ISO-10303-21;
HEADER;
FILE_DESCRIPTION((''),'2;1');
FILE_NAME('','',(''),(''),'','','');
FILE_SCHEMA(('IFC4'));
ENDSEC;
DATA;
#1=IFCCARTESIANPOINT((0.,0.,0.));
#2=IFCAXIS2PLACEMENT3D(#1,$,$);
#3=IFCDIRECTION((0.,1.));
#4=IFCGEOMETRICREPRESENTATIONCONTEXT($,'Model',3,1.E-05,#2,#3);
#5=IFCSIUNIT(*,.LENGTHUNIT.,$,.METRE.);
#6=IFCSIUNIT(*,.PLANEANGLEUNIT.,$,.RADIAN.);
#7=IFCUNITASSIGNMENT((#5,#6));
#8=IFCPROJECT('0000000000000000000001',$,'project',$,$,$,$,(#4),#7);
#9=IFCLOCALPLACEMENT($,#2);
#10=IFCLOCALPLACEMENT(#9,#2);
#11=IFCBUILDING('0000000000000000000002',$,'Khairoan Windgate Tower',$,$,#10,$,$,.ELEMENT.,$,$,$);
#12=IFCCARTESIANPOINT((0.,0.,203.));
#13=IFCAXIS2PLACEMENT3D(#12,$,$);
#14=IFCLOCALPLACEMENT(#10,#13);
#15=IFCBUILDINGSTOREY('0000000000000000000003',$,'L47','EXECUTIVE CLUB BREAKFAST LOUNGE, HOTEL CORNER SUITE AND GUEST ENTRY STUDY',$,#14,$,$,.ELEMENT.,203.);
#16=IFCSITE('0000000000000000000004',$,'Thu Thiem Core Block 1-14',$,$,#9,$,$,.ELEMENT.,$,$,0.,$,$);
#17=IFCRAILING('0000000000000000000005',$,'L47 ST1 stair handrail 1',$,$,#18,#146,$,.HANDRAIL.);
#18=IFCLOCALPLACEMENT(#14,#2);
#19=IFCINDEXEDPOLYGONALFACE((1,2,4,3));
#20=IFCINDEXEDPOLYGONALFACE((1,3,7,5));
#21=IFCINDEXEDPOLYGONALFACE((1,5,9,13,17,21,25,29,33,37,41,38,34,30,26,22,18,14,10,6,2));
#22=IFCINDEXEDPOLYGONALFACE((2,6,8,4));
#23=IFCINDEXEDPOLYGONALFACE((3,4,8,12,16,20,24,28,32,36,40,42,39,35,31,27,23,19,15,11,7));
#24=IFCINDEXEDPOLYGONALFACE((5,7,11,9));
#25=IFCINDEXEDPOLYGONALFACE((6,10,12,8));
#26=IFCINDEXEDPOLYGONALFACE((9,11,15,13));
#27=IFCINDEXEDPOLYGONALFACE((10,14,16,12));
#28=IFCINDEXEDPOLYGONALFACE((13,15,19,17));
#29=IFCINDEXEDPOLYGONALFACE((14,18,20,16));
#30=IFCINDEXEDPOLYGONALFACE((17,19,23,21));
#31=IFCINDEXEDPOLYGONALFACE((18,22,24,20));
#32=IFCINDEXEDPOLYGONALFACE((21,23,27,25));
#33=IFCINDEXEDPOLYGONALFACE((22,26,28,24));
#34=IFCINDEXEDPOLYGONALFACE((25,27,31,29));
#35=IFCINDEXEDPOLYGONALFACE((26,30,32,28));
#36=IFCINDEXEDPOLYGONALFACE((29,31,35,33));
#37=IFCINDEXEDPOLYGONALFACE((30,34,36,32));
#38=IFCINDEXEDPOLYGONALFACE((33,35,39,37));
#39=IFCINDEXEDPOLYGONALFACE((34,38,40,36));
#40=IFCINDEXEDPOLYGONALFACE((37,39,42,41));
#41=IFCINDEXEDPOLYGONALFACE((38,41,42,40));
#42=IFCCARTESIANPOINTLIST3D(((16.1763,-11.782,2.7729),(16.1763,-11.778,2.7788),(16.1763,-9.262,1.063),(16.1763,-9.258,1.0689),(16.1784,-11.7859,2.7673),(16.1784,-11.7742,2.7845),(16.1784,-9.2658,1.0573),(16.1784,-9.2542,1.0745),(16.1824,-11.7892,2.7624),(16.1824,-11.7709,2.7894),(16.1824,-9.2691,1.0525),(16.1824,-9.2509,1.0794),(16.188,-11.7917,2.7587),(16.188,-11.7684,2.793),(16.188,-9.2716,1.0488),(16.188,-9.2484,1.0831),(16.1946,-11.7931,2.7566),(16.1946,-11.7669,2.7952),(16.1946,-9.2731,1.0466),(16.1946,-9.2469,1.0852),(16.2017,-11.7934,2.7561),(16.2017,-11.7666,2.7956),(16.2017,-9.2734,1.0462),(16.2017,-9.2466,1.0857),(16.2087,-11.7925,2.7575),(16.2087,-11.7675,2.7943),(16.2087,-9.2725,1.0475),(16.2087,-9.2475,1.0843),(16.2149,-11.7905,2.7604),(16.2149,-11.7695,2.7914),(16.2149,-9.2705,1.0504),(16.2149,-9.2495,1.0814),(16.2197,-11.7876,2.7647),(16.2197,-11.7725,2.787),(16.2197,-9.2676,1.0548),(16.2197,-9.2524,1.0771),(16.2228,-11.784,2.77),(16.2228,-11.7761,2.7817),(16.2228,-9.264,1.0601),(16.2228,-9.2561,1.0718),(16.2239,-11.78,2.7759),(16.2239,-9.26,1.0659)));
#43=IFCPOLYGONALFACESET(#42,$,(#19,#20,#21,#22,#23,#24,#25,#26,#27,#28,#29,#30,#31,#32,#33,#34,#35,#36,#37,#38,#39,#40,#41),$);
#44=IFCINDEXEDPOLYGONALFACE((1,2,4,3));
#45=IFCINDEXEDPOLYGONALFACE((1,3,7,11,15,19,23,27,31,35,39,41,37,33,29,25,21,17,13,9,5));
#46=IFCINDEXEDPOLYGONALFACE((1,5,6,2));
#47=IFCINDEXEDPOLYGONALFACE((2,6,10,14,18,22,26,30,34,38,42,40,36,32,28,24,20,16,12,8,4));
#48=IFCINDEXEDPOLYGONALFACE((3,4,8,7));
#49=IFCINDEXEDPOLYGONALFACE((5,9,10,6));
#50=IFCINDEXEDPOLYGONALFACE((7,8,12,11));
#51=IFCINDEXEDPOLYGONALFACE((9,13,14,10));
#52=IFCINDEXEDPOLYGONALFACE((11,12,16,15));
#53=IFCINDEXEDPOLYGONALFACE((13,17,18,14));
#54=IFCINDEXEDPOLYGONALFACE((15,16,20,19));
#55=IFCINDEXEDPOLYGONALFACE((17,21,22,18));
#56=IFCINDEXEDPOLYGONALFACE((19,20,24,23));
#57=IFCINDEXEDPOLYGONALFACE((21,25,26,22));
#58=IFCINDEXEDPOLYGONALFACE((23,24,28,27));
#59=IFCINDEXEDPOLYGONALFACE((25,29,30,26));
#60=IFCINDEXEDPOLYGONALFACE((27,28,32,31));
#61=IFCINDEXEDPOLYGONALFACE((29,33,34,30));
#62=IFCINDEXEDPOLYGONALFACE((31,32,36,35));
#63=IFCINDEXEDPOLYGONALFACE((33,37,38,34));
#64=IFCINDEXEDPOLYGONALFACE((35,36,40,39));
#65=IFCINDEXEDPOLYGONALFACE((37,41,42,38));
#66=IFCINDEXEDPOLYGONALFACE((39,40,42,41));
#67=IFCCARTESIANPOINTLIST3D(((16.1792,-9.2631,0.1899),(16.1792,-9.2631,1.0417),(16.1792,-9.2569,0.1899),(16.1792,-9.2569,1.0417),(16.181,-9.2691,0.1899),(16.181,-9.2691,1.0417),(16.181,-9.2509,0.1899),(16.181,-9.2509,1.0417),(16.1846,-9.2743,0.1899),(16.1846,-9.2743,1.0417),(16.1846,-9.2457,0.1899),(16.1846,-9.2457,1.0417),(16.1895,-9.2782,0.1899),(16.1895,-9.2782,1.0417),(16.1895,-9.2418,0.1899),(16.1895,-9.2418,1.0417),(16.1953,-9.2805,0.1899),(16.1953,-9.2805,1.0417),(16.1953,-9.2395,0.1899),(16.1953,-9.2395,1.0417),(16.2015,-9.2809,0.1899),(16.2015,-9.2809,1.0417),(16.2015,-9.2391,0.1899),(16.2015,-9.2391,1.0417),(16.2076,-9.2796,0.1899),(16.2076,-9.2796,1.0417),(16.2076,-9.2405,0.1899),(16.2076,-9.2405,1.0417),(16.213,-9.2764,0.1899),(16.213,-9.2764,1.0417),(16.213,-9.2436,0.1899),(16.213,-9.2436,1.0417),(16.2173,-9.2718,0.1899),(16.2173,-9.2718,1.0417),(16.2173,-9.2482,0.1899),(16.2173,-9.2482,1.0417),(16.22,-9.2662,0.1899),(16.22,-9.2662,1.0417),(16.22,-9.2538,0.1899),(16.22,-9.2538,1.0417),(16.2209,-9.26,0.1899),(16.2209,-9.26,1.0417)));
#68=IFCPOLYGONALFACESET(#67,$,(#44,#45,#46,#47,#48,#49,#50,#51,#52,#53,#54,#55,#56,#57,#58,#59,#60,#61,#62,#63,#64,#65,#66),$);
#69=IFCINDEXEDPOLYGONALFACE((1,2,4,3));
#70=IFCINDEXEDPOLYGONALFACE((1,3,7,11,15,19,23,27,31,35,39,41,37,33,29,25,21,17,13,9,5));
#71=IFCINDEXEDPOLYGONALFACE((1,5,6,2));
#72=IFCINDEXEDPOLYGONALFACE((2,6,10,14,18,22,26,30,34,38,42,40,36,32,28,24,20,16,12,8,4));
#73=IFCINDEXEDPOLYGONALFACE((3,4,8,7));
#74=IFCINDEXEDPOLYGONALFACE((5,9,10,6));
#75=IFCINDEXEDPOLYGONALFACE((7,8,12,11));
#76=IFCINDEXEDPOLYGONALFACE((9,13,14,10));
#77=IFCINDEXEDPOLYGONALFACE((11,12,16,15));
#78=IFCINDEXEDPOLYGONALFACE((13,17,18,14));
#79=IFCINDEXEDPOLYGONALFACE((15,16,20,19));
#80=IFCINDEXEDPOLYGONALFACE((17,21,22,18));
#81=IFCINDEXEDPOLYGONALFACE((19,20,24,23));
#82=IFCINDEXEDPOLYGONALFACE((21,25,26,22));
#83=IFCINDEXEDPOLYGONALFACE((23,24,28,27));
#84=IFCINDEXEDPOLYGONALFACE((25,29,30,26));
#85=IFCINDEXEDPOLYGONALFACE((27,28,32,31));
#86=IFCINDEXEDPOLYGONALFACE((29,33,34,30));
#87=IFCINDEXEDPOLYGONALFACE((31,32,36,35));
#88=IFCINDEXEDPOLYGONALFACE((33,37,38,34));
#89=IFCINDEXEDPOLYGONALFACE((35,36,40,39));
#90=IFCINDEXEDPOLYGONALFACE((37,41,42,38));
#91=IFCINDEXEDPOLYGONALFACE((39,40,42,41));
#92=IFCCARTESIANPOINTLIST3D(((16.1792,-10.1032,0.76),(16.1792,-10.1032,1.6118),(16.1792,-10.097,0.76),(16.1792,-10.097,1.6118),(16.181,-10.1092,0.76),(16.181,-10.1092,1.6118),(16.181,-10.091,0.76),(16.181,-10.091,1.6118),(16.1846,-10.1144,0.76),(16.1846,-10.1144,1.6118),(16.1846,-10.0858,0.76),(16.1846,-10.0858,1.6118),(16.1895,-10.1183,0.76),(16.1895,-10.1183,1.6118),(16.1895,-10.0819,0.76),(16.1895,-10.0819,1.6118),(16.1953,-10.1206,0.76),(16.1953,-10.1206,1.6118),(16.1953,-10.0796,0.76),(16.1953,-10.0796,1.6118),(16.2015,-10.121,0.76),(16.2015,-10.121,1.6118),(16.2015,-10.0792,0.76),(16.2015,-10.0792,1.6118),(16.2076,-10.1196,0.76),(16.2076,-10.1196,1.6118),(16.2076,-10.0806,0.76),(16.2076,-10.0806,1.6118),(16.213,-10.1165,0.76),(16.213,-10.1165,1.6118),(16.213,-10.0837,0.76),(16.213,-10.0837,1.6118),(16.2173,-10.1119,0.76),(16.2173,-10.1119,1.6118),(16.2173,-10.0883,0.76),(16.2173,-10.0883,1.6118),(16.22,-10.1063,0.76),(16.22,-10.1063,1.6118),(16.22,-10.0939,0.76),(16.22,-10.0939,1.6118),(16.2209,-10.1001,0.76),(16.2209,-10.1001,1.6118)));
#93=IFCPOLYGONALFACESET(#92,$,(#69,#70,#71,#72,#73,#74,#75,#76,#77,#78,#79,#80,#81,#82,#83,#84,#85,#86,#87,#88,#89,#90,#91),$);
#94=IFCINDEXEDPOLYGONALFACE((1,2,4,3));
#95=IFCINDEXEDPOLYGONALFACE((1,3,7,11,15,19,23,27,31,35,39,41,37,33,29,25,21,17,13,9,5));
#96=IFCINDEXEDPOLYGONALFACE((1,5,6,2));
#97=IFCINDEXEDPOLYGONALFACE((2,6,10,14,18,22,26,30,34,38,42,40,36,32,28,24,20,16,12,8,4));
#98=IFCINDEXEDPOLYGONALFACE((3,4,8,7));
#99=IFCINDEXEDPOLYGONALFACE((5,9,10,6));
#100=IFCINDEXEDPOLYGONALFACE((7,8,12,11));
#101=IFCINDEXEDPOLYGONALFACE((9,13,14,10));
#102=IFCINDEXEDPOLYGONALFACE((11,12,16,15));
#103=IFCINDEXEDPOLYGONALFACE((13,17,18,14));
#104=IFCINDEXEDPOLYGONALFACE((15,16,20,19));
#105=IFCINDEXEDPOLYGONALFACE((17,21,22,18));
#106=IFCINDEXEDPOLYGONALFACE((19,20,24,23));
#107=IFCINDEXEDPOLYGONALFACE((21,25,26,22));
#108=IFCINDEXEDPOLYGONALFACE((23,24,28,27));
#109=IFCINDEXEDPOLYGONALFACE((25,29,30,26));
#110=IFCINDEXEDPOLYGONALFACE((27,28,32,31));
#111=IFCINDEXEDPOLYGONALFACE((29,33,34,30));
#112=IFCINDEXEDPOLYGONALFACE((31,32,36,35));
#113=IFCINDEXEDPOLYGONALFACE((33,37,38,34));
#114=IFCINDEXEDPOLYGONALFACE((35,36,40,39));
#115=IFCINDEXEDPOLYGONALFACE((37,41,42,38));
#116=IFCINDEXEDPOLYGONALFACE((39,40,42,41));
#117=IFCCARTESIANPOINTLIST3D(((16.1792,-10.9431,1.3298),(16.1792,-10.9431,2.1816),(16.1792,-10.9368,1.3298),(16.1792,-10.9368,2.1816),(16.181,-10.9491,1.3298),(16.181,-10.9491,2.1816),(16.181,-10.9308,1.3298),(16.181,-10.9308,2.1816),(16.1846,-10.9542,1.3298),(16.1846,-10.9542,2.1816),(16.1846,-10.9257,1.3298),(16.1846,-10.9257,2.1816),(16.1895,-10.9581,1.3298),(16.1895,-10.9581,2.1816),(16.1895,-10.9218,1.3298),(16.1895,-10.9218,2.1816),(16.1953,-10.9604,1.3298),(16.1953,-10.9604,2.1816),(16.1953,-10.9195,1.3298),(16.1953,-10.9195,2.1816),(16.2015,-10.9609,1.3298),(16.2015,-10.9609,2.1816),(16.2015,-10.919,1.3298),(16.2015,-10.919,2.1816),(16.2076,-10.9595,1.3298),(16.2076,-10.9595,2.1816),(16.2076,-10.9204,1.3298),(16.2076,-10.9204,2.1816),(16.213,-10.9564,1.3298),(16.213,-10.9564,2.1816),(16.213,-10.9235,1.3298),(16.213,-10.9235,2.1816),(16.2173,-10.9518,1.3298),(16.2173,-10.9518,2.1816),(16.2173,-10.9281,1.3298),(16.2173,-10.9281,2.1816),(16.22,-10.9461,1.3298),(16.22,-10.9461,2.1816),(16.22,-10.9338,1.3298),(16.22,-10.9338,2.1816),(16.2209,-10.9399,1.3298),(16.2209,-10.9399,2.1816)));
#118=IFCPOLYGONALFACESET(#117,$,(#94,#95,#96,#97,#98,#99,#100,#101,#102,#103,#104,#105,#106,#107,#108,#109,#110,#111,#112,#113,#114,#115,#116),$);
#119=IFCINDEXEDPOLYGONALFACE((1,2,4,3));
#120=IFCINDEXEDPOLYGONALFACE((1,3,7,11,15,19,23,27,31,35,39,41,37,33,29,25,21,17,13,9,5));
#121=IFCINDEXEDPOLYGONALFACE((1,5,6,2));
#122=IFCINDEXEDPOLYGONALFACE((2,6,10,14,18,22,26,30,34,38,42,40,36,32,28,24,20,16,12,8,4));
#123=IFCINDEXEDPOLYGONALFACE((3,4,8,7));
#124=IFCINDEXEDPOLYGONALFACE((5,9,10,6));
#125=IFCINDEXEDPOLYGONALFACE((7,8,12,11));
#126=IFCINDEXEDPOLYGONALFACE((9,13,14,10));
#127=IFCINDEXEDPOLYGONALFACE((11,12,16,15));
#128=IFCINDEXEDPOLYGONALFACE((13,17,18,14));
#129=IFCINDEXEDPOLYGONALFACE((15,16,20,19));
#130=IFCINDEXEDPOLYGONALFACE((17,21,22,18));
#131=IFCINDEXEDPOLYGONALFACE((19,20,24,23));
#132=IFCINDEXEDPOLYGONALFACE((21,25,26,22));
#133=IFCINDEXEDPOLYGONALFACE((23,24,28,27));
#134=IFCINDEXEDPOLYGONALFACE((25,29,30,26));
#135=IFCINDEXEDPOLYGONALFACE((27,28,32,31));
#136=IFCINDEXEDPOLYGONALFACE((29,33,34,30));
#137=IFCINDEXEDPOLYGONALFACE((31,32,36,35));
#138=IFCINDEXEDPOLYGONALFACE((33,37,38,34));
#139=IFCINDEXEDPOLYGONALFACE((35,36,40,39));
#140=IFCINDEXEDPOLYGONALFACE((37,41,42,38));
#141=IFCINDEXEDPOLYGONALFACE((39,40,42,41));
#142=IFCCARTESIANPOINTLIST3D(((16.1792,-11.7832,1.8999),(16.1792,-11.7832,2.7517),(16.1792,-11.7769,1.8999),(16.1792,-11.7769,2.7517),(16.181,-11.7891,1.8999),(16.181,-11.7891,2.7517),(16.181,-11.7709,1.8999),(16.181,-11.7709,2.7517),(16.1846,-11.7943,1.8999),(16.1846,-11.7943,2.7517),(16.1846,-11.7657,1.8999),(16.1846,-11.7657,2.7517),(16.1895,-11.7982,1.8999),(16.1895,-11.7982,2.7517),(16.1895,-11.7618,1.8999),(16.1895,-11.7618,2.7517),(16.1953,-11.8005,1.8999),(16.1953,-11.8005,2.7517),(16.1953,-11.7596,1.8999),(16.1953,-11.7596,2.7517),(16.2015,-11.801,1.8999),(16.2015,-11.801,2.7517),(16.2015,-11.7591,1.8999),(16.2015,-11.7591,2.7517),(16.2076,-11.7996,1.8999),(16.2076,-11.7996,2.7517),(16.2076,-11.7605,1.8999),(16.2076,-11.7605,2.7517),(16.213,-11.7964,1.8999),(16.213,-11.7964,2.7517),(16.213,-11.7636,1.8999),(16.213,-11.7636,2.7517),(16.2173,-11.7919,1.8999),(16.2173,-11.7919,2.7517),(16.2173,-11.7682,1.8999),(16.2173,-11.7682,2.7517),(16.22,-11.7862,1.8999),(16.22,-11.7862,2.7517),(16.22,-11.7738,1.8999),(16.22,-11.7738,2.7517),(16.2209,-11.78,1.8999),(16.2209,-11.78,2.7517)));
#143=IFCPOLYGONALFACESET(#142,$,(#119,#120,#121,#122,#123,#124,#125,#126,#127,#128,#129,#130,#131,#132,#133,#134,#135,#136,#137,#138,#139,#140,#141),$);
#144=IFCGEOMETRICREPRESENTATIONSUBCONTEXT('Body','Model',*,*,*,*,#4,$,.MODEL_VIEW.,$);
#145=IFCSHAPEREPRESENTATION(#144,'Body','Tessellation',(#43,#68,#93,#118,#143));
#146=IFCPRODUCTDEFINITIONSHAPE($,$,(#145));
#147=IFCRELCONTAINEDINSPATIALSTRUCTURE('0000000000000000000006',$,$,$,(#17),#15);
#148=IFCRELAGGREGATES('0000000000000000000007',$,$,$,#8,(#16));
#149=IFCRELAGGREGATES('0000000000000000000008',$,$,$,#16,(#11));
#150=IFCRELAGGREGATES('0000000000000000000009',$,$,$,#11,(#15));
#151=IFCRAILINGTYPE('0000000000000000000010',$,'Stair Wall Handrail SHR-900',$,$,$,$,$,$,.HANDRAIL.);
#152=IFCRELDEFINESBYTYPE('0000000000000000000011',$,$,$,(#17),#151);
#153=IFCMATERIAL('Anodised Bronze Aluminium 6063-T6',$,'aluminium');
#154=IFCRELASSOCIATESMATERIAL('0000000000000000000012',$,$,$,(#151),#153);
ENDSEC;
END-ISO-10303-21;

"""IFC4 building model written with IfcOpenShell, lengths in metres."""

from ifc_helpers import new_model, si_unit, direction, frame, origin, origin_2d, place, context, subcontext, project, spatial, circle, extrude, material, type_object, element, save


model = new_model("IFC4")

# Units and contexts
model_context = context("Model", 3, precision=1e-05, world=origin(), true_north=direction((0.0, 1.0)))
body_context = subcontext(model_context, "Body", "Model", "MODEL_VIEW")
ifc_project = project(units=[si_unit("LENGTHUNIT", "METRE"), si_unit("PLANEANGLEUNIT", "RADIAN")], contexts=[model_context])

# Site, building, storey
site_placement = place(None, origin())
site = spatial("IfcSite", under=ifc_project, at=site_placement, Name="Thu Thiem Core Block 1-14", CompositionType="ELEMENT", RefElevation=0.0)
building_placement = place(site_placement, origin())
building = spatial("IfcBuilding", under=site, at=building_placement, Name="Khairoan Windgate Tower", CompositionType="ELEMENT")
storey_placement = place(building_placement, frame((0.0, 0.0, 203.0)))
storey = spatial("IfcBuildingStorey", under=building, at=storey_placement, Name="L47", Description="EXECUTIVE CLUB BREAKFAST LOUNGE, HOTEL CORNER SUITE AND GUEST ENTRY STUDY", CompositionType="ELEMENT", Elevation=203.0)

# Railing
ifc_material_1 = material(Name="Anodised Bronze Aluminium 6063-T6", Category="aluminium")
railing_type_1 = type_object("IfcRailingType", Name="Stair Wall Handrail SHR-900", PredefinedType="HANDRAIL", material=ifc_material_1)
railing_1_placement = place(storey_placement, frame((16.2, -9.26, 0.1899)))
element("IfcRailing", 1, at=railing_1_placement, inside=storey, type_object=railing_type_1, Name="L47 ST1 stair handrail 1", PredefinedType="HANDRAIL", context=body_context, shape_type="SweptSolid", body=[
    extrude(circle(Radius=0.0239, at=origin_2d()), frame((0.0, 0.0, 0.876), z_axis=(0.0, -0.827484, 0.56149), x_axis=(1.0, 0.0, 0.0)), (0.0, 0.0, 1.0), 3.0454),
    extrude(circle(Radius=0.021, at=origin_2d()), origin(), (0.0, 0.0, 1.0), 0.8518),
    extrude(circle(Radius=0.021, at=origin_2d()), frame((0.0, -0.8401, 0.5701)), (0.0, 0.0, 1.0), 0.8518),
    extrude(circle(Radius=0.021, at=origin_2d()), frame((0.0, -1.6799, 1.1399)), (0.0, 0.0, 1.0), 0.8518),
    extrude(circle(Radius=0.021, at=origin_2d()), frame((0.0, -2.52, 1.71)), (0.0, 0.0, 1.0), 0.8518),
])

save(model, "model.ifc")
